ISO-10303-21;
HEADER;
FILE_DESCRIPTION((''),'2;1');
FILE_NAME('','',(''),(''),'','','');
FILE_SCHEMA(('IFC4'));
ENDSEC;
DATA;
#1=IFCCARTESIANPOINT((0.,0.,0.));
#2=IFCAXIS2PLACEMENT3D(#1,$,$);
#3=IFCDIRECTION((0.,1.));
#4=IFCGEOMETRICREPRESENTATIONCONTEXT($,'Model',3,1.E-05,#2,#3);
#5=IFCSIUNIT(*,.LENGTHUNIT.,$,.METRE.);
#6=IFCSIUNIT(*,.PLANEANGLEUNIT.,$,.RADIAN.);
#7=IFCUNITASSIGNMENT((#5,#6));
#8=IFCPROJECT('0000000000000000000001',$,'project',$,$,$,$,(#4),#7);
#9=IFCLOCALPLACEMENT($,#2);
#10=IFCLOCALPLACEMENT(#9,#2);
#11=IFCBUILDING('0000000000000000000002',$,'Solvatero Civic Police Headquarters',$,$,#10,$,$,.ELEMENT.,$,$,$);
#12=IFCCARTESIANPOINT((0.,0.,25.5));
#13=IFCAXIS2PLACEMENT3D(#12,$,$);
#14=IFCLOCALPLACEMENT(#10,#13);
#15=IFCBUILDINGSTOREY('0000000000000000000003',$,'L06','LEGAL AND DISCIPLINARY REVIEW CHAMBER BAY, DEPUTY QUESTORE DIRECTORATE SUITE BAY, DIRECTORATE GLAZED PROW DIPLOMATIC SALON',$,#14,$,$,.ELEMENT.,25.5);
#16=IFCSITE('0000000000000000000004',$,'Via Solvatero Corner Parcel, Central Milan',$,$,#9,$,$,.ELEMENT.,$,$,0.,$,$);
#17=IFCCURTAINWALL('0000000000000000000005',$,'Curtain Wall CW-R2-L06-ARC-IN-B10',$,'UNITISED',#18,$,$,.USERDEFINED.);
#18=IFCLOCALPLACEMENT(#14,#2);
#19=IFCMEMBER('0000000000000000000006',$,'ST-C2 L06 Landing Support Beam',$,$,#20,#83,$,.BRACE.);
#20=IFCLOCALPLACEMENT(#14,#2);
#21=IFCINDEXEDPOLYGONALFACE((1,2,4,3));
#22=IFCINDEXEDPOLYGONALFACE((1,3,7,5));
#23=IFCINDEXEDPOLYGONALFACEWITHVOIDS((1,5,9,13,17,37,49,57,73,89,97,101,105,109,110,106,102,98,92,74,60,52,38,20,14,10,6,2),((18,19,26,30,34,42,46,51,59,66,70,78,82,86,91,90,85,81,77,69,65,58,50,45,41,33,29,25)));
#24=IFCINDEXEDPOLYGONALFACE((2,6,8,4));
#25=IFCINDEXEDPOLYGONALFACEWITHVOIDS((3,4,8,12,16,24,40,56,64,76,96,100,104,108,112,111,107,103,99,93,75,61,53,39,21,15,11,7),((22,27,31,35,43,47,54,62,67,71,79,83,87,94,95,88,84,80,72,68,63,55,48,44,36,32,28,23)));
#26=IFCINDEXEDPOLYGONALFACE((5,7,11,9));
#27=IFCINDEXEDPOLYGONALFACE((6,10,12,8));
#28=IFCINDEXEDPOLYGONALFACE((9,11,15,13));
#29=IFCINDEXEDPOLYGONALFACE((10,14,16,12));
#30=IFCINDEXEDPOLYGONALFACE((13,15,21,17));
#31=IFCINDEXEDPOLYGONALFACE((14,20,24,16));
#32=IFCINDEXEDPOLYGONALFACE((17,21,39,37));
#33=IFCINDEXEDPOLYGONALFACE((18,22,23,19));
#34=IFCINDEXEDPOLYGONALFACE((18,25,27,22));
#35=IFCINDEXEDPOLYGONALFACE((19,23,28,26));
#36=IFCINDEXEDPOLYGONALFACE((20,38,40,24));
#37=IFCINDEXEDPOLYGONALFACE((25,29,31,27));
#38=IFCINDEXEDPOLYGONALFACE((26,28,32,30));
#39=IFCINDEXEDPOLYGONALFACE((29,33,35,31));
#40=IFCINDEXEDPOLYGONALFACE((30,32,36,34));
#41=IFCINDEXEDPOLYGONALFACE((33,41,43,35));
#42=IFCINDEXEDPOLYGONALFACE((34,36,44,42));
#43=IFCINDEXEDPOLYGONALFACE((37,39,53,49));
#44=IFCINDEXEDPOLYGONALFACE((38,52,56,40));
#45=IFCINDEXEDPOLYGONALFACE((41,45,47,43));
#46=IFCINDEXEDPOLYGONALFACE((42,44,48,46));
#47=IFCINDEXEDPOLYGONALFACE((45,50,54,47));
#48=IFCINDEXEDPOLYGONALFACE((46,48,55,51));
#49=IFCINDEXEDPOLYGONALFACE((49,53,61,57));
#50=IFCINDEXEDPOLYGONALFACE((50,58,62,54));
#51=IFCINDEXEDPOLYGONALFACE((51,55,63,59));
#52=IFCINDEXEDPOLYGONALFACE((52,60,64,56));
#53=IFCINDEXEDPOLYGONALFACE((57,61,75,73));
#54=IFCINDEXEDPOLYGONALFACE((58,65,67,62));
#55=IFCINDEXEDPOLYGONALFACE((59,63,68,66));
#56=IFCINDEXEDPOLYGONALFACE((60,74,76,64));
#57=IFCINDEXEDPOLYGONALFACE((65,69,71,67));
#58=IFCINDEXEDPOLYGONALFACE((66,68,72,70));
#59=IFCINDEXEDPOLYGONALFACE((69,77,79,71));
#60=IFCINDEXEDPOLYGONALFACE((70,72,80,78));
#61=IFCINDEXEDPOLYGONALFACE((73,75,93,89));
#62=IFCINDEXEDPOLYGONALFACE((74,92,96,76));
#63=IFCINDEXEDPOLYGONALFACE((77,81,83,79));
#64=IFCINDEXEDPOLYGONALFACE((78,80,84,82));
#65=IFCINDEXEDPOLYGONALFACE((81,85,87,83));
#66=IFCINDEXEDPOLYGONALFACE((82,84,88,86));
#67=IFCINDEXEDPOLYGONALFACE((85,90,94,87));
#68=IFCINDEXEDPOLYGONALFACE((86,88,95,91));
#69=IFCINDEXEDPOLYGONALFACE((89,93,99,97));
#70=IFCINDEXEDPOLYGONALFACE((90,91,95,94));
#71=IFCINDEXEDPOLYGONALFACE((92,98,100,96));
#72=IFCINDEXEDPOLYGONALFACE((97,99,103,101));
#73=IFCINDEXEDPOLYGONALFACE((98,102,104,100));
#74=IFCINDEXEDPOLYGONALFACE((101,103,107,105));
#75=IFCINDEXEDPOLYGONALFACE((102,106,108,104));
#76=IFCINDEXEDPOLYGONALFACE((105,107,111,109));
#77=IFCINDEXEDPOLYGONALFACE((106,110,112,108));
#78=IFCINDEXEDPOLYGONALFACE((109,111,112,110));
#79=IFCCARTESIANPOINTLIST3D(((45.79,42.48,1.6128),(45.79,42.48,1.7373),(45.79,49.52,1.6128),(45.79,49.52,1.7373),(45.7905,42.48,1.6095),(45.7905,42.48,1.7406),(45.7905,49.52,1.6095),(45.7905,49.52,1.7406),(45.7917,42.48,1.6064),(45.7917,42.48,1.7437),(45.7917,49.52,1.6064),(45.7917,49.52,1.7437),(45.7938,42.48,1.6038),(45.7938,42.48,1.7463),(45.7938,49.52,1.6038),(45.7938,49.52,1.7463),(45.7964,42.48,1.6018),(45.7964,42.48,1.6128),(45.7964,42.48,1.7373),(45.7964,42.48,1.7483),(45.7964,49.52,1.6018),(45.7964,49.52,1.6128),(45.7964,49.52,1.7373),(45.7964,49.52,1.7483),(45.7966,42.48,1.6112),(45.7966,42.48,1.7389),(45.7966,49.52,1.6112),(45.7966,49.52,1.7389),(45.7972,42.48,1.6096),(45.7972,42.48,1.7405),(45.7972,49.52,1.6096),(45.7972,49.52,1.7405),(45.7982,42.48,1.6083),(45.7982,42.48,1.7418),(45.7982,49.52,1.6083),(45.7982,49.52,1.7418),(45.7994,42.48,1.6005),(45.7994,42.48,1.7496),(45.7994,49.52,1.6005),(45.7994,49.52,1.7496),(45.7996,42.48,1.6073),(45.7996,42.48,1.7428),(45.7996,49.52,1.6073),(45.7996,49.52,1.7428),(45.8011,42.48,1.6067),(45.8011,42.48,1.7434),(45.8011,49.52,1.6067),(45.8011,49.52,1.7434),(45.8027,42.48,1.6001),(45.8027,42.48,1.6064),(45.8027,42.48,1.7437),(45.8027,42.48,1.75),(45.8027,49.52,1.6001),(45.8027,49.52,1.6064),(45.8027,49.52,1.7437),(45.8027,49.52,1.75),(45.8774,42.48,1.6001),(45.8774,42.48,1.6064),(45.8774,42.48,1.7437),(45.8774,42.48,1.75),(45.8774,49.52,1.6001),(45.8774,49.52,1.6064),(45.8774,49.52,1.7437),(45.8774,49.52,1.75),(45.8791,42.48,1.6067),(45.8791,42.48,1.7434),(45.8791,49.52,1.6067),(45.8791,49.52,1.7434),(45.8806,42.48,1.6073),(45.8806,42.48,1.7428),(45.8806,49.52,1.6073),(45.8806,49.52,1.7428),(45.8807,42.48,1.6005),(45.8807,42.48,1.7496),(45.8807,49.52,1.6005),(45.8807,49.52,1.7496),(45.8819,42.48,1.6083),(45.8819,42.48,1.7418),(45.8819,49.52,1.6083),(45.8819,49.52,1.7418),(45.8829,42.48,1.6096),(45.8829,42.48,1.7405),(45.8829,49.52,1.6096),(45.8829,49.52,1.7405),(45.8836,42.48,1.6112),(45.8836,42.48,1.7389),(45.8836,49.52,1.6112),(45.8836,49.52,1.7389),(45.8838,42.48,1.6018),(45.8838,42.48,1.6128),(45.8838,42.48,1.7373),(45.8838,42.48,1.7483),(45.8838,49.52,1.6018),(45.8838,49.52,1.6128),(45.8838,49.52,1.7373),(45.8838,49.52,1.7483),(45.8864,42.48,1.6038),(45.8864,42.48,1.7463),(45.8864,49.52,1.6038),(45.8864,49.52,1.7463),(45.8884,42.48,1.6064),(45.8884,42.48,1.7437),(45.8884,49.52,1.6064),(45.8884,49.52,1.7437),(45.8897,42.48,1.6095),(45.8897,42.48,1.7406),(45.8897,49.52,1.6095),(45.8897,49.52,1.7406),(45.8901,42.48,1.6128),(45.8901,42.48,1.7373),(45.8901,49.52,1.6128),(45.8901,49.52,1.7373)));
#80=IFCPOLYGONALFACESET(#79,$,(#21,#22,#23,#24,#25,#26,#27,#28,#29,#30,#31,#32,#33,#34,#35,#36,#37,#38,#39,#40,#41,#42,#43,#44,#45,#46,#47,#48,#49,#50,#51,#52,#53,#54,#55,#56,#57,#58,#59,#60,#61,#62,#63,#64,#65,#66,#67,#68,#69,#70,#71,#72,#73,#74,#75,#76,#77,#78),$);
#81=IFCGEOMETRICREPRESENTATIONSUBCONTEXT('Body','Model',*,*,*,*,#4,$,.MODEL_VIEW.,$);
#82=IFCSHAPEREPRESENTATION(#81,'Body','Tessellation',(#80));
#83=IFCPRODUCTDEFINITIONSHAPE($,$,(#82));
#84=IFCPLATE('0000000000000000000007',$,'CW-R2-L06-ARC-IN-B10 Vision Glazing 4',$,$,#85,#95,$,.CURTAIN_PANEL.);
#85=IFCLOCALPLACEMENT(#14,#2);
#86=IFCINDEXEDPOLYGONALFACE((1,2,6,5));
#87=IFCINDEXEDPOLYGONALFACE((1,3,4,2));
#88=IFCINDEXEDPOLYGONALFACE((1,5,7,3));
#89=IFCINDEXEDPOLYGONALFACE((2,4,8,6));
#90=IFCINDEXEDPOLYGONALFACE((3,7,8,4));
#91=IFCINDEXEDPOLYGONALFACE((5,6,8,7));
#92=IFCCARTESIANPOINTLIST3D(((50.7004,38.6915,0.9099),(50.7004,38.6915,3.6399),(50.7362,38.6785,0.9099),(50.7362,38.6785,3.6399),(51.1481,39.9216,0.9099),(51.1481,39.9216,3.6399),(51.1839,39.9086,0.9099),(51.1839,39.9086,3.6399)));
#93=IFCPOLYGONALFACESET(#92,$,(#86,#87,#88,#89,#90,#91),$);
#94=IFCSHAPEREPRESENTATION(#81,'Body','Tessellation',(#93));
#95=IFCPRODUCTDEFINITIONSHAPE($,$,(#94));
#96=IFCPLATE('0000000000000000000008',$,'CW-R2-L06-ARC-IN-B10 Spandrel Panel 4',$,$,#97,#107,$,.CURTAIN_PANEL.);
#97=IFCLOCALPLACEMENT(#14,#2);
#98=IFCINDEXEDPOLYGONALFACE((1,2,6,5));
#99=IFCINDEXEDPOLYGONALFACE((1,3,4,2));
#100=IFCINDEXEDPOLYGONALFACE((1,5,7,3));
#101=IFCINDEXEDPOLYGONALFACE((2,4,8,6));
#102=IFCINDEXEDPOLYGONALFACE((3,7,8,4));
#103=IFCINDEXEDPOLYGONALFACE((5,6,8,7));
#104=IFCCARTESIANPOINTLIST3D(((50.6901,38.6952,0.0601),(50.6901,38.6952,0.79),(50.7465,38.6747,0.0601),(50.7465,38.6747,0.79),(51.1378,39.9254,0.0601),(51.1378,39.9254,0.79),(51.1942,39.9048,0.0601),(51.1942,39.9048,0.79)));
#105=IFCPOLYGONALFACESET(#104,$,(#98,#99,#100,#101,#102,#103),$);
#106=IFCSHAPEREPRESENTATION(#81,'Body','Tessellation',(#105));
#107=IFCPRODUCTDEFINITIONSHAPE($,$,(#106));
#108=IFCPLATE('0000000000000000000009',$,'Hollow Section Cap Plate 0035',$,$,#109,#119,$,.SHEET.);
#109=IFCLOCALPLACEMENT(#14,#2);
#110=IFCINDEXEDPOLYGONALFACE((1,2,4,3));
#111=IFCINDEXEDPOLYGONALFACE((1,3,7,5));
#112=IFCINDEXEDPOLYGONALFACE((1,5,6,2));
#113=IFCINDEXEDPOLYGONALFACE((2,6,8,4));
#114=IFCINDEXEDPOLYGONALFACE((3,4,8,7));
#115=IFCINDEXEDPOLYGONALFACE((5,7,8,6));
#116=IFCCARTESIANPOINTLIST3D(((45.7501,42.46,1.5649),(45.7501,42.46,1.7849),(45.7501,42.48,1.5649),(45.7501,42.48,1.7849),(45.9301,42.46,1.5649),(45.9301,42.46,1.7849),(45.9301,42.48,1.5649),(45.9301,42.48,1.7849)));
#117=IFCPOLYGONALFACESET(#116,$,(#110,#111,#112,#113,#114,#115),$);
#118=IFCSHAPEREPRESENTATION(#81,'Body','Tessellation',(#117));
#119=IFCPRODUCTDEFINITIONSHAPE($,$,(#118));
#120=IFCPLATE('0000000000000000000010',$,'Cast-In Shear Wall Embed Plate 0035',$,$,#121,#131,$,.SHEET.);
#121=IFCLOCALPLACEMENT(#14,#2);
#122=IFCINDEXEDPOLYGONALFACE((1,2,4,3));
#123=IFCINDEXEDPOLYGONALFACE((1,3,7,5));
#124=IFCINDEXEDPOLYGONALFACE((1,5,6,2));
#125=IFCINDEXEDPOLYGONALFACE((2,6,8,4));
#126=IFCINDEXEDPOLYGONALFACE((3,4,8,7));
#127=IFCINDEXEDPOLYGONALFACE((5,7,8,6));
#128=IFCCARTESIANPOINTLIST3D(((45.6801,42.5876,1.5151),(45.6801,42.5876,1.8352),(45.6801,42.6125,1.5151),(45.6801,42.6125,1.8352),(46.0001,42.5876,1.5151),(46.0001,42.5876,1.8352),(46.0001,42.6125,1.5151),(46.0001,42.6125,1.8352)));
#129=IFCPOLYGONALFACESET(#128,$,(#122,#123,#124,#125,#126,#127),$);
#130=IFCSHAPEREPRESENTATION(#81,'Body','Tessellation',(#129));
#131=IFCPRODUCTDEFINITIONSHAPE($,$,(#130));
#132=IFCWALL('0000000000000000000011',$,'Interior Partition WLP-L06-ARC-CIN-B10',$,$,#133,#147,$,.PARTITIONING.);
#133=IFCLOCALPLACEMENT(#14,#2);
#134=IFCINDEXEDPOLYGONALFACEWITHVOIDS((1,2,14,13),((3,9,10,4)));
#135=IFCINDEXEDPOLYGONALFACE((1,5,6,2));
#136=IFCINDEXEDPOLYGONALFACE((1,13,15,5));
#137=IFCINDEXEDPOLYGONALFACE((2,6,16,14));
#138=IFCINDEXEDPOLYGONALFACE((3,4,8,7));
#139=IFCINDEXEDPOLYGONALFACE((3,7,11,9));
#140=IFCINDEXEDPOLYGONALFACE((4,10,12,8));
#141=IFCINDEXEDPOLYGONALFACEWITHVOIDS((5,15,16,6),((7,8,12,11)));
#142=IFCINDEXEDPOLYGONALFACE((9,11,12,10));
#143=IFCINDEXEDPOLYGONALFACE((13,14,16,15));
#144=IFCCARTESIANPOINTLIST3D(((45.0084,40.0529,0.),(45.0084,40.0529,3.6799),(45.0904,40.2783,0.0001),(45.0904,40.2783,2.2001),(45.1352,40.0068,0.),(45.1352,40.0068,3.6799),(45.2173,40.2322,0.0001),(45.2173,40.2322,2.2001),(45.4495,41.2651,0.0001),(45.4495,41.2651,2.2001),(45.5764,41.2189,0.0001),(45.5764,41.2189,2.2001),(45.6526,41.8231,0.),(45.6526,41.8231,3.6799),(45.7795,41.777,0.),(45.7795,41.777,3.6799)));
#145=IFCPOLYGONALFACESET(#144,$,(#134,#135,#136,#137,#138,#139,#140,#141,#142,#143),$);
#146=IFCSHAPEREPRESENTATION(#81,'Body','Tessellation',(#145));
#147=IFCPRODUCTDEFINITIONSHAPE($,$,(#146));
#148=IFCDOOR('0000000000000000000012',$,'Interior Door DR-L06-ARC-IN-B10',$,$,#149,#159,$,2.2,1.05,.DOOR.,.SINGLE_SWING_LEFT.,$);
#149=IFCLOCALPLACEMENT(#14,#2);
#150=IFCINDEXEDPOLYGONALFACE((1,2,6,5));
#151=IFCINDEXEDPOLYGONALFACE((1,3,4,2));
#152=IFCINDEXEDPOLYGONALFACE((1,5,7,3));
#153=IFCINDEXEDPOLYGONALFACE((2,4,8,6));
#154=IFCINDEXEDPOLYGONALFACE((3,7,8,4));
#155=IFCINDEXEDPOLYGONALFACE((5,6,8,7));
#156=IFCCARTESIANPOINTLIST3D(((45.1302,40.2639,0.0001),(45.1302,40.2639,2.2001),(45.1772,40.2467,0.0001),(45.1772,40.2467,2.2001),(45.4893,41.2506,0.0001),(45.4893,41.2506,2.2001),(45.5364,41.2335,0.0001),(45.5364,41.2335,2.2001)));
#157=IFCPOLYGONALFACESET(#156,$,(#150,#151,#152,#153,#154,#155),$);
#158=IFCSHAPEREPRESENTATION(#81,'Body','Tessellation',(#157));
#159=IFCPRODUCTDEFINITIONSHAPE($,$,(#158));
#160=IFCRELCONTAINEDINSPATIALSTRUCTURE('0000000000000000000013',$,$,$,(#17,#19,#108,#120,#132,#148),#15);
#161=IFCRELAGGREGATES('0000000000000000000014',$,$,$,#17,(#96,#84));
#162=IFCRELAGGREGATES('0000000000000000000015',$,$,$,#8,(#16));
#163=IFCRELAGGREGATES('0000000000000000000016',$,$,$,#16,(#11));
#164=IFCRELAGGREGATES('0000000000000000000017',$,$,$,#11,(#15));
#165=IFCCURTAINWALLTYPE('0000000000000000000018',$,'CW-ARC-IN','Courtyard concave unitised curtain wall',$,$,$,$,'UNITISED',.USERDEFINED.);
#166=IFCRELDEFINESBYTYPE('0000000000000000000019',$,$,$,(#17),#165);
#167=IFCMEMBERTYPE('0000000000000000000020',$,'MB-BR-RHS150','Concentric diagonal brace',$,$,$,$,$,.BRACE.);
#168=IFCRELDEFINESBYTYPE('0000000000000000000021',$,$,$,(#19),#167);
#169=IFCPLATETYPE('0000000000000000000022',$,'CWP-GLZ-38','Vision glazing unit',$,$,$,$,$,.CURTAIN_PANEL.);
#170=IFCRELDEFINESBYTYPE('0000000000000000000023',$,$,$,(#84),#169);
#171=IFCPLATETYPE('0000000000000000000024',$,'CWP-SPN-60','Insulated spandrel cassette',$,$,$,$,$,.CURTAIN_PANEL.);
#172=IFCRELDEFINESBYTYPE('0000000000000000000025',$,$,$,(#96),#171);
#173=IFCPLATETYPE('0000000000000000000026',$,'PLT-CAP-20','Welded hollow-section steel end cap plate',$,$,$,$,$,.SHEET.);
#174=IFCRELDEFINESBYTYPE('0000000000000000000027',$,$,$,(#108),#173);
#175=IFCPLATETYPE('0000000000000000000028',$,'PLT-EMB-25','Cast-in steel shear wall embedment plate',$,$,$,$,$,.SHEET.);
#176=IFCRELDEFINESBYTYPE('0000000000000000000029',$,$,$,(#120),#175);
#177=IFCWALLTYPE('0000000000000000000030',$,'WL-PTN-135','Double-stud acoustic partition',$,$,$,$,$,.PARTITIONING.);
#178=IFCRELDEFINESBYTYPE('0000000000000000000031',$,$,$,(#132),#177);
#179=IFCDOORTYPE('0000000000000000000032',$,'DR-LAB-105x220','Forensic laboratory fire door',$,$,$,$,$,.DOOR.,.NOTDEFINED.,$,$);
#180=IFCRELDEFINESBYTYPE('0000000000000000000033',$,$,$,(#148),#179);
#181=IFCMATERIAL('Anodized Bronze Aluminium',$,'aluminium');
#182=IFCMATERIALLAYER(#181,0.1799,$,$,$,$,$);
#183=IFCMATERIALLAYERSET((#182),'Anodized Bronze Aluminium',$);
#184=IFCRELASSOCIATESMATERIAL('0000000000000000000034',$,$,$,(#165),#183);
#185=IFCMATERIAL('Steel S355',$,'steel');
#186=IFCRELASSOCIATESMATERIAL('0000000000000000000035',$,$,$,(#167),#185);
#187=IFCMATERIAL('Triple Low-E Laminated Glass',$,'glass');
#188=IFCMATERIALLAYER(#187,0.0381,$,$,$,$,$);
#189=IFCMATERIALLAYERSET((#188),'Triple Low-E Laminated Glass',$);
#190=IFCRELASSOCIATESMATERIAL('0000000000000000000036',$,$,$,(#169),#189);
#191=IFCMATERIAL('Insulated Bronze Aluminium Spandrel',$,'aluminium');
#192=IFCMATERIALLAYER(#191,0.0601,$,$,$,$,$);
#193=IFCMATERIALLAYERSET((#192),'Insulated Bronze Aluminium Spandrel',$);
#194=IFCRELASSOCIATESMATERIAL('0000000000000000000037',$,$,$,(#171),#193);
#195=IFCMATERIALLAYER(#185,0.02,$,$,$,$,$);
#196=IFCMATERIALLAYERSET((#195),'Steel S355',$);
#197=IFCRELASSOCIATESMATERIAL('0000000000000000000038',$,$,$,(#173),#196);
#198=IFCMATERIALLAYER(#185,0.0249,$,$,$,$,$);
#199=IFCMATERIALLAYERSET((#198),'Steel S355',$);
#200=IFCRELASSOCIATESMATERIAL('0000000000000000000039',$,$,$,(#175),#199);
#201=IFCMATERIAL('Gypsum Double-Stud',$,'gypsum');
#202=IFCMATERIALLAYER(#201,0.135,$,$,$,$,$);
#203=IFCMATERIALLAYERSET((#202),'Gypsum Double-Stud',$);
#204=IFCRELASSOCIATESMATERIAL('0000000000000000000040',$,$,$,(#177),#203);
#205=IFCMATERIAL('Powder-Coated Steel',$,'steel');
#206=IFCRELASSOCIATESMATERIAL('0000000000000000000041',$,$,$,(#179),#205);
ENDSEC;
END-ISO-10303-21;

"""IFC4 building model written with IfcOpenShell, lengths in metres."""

from ifc_helpers import new_model, si_unit, direction, frame, frame_2d, origin, origin_2d, place, context, subcontext, project, spatial, rectangle, hollow_rectangle, extrude, material, layer, layer_set, material_profile, profile_set, type_object, element, fill, aggregate, save


model = new_model("IFC4")

# Units and contexts
model_context = context("Model", 3, precision=1e-05, world=origin(), true_north=direction((0.0, 1.0)))
body_context = subcontext(model_context, "Body", "Model", "MODEL_VIEW")
ifc_project = project(units=[si_unit("LENGTHUNIT", "METRE"), si_unit("PLANEANGLEUNIT", "RADIAN")], contexts=[model_context])

# Site, building, storey
site_placement = place(None, origin())
site = spatial("IfcSite", under=ifc_project, at=site_placement, Name="Via Solvatero Corner Parcel, Central Milan", CompositionType="ELEMENT", RefElevation=0.0)
building_placement = place(site_placement, origin())
building = spatial("IfcBuilding", under=site, at=building_placement, Name="Solvatero Civic Police Headquarters", CompositionType="ELEMENT")
storey_placement = place(building_placement, frame((0.0, 0.0, 25.5)))
storey = spatial("IfcBuildingStorey", under=building, at=storey_placement, Name="L06", Description="LEGAL AND DISCIPLINARY REVIEW CHAMBER BAY, DEPUTY QUESTORE DIRECTORATE SUITE BAY, DIRECTORATE GLAZED PROW DIPLOMATIC SALON", CompositionType="ELEMENT", Elevation=25.5)

# Shared definitions
ifc_material_1 = material(Name="Steel S355", Category="steel")

# Curtain wall
ifc_material_2 = material(Name="Anodized Bronze Aluminium", Category="aluminium")
ifc_layer_1 = layer(ifc_material_2, 0.1799)
ifc_layer_set_1 = layer_set([ifc_layer_1], Name="Anodized Bronze Aluminium")
curtain_wall_type = type_object("IfcCurtainWallType", Name="CW-ARC-IN", Description="Courtyard concave unitised curtain wall", ElementType="UNITISED", PredefinedType="USERDEFINED", material=ifc_layer_set_1)
curtain_wall_placement = place(storey_placement, origin())
curtain_wall = element("IfcCurtainWall", 1, at=curtain_wall_placement, inside=storey, type_object=curtain_wall_type, Name="Curtain Wall CW-R2-L06-ARC-IN-B10", ObjectType="UNITISED", PredefinedType="USERDEFINED")

# Member
ifc_material_profile_1 = material_profile(ifc_material_1, hollow_rectangle(XDim=0.1001, YDim=0.1499, WallThickness=0.0063, InnerFilletRadius=0.0063, OuterFilletRadius=0.0127, at=origin_2d()), Name="RHS 150x100x6.3")
ifc_profile_set_1 = profile_set([ifc_material_profile_1], Name="Steel S355")
member_type_1 = type_object("IfcMemberType", Name="MB-BR-RHS150", Description="Concentric diagonal brace", PredefinedType="BRACE", material=ifc_profile_set_1)
member_1_placement = place(storey_placement, frame((45.8401, 42.48, 1.675), z_axis=(0.0, 1.0, 0.0), x_axis=(-1.0, 0.0, 0.0)))
element("IfcMember", 2, at=member_1_placement, inside=storey, type_object=member_type_1, Name="ST-C2 L06 Landing Support Beam", PredefinedType="BRACE", context=body_context, shape_type="SweptSolid", body=[
    extrude(hollow_rectangle(XDim=0.1001, YDim=0.1499, WallThickness=0.0063, InnerFilletRadius=0.0063, OuterFilletRadius=0.0127, at=origin_2d()), origin(), (0.0, 0.0, 1.0), 7.04),
])

# Plates
ifc_material_3 = material(Name="Triple Low-E Laminated Glass", Category="glass")
ifc_layer_2 = layer(ifc_material_3, 0.0381)
ifc_layer_set_2 = layer_set([ifc_layer_2], Name="Triple Low-E Laminated Glass")
plate_type_1 = type_object("IfcPlateType", Name="CWP-GLZ-38", Description="Vision glazing unit", PredefinedType="CURTAIN_PANEL", material=ifc_layer_set_2)
plate_1_placement = place(storey_placement, frame((50.9421, 39.3, 0.9099), z_axis=(0.0, 0.0, 1.0), x_axis=(-0.342004, -0.939699, 0.0)))
plate_1 = element("IfcPlate", 3, at=plate_1_placement, type_object=plate_type_1, Name="CW-R2-L06-ARC-IN-B10 Vision Glazing 4", PredefinedType="CURTAIN_PANEL", context=body_context, shape_type="SweptSolid", body=[
    extrude(rectangle(XDim=1.3091, YDim=0.0381, at=origin_2d()), origin(), (0.0, 0.0, 1.0), 2.73),
])
ifc_material_4 = material(Name="Insulated Bronze Aluminium Spandrel", Category="aluminium")
ifc_layer_3 = layer(ifc_material_4, 0.0601)
ifc_layer_set_3 = layer_set([ifc_layer_3], Name="Insulated Bronze Aluminium Spandrel")
plate_type_2 = type_object("IfcPlateType", Name="CWP-SPN-60", Description="Insulated spandrel cassette", PredefinedType="CURTAIN_PANEL", material=ifc_layer_set_3)
plate_2_placement = place(storey_placement, frame((50.9421, 39.3, 0.0601), z_axis=(0.0, 0.0, 1.0), x_axis=(-0.342004, -0.939699, 0.0)))
plate_2 = element("IfcPlate", 4, at=plate_2_placement, type_object=plate_type_2, Name="CW-R2-L06-ARC-IN-B10 Spandrel Panel 4", PredefinedType="CURTAIN_PANEL", context=body_context, shape_type="SweptSolid", body=[
    extrude(rectangle(XDim=1.3091, YDim=0.0601, at=origin_2d()), origin(), (0.0, 0.0, 1.0), 0.73),
])
aggregate(curtain_wall, [plate_2, plate_1])

# Plates
ifc_layer_4 = layer(ifc_material_1, 0.02)
ifc_layer_set_4 = layer_set([ifc_layer_4], Name="Steel S355")
plate_type_3 = type_object("IfcPlateType", Name="PLT-CAP-20", Description="Welded hollow-section steel end cap plate", PredefinedType="SHEET", material=ifc_layer_set_4)
plate_3_placement = place(storey_placement, frame((45.8401, 42.47, 1.5649), z_axis=(0.0, 0.0, 1.0), x_axis=(1.0, 0.0, 0.0)))
element("IfcPlate", 5, at=plate_3_placement, inside=storey, type_object=plate_type_3, Name="Hollow Section Cap Plate 0035", PredefinedType="SHEET", context=body_context, shape_type="SweptSolid", body=[
    extrude(rectangle(XDim=0.1799, YDim=0.02, at=origin_2d()), origin(), (0.0, 0.0, 1.0), 0.22),
])
ifc_layer_5 = layer(ifc_material_1, 0.0249)
ifc_layer_set_5 = layer_set([ifc_layer_5], Name="Steel S355")
plate_type_4 = type_object("IfcPlateType", Name="PLT-EMB-25", Description="Cast-in steel shear wall embedment plate", PredefinedType="SHEET", material=ifc_layer_set_5)
plate_4_placement = place(storey_placement, frame((45.8401, 42.6001, 1.5151), z_axis=(0.0, 0.0, 1.0), x_axis=(1.0, 0.0, 0.0)))
element("IfcPlate", 6, at=plate_4_placement, inside=storey, type_object=plate_type_4, Name="Cast-In Shear Wall Embed Plate 0035", PredefinedType="SHEET", context=body_context, shape_type="SweptSolid", body=[
    extrude(rectangle(XDim=0.3201, YDim=0.0249, at=origin_2d()), origin(), (0.0, 0.0, 1.0), 0.3201),
])

# Wall, opening, door
ifc_material_5 = material(Name="Gypsum Double-Stud", Category="gypsum")
ifc_layer_6 = layer(ifc_material_5, 0.135)
ifc_layer_set_6 = layer_set([ifc_layer_6], Name="Gypsum Double-Stud")
wall_type_1 = type_object("IfcWallType", Name="WL-PTN-135", Description="Double-stud acoustic partition", PredefinedType="PARTITIONING", material=ifc_layer_set_6)
wall_1_placement = place(storey_placement, frame((45.7161, 41.8, 0.0), z_axis=(0.0, 0.0, 1.0), x_axis=(-0.342003, -0.939699, 0.0)))
wall_1 = element("IfcWall", 7, at=wall_1_placement, inside=storey, type_object=wall_type_1, Name="Interior Partition WLP-L06-ARC-CIN-B10", PredefinedType="PARTITIONING", context=body_context, shape_type="SweptSolid", body=[
    extrude(rectangle(XDim=1.8838, YDim=0.135, at=frame_2d((0.9419, 0.0))), origin(), (0.0, 0.0, 1.0), 3.6799),
])
opening_1_placement = place(wall_1_placement, frame((0.594, 0.0, 0.0)))
opening_1 = element("IfcOpeningElement", 8, at=opening_1_placement, cuts=wall_1, PredefinedType="OPENING", context=body_context, shape_type="SweptSolid", body=[
    extrude(rectangle(XDim=1.05, YDim=2.2, at=frame_2d((0.5249, 1.1001))), frame((0.0, 0.0774, 0.0), z_axis=(0.0, -1.0, 0.0), x_axis=(1.0, 0.0, 0.0)), (0.0, 0.0, 1.0), 0.155),
])
ifc_material_6 = material(Name="Powder-Coated Steel", Category="steel")
door_type_1 = type_object("IfcDoorType", Name="DR-LAB-105x220", Description="Forensic laboratory fire door", OperationType="NOTDEFINED", PredefinedType="DOOR", material=ifc_material_6)
door_1_placement = place(opening_1_placement, origin())
door_1 = element("IfcDoor", 9, at=door_1_placement, inside=storey, type_object=door_type_1, Name="Interior Door DR-L06-ARC-IN-B10", OperationType="SINGLE_SWING_LEFT", OverallHeight=2.2, OverallWidth=1.05, PredefinedType="DOOR", context=body_context, shape_type="SweptSolid", body=[
    extrude(rectangle(XDim=1.05, YDim=2.2, at=frame_2d((0.5249, 1.1001))), frame((0.0, 0.0249, 0.0), z_axis=(0.0, -1.0, 0.0), x_axis=(1.0, 0.0, 0.0)), (0.0, 0.0, 1.0), 0.05),
])
fill(opening_1, door_1)

save(model, "model.ifc")
